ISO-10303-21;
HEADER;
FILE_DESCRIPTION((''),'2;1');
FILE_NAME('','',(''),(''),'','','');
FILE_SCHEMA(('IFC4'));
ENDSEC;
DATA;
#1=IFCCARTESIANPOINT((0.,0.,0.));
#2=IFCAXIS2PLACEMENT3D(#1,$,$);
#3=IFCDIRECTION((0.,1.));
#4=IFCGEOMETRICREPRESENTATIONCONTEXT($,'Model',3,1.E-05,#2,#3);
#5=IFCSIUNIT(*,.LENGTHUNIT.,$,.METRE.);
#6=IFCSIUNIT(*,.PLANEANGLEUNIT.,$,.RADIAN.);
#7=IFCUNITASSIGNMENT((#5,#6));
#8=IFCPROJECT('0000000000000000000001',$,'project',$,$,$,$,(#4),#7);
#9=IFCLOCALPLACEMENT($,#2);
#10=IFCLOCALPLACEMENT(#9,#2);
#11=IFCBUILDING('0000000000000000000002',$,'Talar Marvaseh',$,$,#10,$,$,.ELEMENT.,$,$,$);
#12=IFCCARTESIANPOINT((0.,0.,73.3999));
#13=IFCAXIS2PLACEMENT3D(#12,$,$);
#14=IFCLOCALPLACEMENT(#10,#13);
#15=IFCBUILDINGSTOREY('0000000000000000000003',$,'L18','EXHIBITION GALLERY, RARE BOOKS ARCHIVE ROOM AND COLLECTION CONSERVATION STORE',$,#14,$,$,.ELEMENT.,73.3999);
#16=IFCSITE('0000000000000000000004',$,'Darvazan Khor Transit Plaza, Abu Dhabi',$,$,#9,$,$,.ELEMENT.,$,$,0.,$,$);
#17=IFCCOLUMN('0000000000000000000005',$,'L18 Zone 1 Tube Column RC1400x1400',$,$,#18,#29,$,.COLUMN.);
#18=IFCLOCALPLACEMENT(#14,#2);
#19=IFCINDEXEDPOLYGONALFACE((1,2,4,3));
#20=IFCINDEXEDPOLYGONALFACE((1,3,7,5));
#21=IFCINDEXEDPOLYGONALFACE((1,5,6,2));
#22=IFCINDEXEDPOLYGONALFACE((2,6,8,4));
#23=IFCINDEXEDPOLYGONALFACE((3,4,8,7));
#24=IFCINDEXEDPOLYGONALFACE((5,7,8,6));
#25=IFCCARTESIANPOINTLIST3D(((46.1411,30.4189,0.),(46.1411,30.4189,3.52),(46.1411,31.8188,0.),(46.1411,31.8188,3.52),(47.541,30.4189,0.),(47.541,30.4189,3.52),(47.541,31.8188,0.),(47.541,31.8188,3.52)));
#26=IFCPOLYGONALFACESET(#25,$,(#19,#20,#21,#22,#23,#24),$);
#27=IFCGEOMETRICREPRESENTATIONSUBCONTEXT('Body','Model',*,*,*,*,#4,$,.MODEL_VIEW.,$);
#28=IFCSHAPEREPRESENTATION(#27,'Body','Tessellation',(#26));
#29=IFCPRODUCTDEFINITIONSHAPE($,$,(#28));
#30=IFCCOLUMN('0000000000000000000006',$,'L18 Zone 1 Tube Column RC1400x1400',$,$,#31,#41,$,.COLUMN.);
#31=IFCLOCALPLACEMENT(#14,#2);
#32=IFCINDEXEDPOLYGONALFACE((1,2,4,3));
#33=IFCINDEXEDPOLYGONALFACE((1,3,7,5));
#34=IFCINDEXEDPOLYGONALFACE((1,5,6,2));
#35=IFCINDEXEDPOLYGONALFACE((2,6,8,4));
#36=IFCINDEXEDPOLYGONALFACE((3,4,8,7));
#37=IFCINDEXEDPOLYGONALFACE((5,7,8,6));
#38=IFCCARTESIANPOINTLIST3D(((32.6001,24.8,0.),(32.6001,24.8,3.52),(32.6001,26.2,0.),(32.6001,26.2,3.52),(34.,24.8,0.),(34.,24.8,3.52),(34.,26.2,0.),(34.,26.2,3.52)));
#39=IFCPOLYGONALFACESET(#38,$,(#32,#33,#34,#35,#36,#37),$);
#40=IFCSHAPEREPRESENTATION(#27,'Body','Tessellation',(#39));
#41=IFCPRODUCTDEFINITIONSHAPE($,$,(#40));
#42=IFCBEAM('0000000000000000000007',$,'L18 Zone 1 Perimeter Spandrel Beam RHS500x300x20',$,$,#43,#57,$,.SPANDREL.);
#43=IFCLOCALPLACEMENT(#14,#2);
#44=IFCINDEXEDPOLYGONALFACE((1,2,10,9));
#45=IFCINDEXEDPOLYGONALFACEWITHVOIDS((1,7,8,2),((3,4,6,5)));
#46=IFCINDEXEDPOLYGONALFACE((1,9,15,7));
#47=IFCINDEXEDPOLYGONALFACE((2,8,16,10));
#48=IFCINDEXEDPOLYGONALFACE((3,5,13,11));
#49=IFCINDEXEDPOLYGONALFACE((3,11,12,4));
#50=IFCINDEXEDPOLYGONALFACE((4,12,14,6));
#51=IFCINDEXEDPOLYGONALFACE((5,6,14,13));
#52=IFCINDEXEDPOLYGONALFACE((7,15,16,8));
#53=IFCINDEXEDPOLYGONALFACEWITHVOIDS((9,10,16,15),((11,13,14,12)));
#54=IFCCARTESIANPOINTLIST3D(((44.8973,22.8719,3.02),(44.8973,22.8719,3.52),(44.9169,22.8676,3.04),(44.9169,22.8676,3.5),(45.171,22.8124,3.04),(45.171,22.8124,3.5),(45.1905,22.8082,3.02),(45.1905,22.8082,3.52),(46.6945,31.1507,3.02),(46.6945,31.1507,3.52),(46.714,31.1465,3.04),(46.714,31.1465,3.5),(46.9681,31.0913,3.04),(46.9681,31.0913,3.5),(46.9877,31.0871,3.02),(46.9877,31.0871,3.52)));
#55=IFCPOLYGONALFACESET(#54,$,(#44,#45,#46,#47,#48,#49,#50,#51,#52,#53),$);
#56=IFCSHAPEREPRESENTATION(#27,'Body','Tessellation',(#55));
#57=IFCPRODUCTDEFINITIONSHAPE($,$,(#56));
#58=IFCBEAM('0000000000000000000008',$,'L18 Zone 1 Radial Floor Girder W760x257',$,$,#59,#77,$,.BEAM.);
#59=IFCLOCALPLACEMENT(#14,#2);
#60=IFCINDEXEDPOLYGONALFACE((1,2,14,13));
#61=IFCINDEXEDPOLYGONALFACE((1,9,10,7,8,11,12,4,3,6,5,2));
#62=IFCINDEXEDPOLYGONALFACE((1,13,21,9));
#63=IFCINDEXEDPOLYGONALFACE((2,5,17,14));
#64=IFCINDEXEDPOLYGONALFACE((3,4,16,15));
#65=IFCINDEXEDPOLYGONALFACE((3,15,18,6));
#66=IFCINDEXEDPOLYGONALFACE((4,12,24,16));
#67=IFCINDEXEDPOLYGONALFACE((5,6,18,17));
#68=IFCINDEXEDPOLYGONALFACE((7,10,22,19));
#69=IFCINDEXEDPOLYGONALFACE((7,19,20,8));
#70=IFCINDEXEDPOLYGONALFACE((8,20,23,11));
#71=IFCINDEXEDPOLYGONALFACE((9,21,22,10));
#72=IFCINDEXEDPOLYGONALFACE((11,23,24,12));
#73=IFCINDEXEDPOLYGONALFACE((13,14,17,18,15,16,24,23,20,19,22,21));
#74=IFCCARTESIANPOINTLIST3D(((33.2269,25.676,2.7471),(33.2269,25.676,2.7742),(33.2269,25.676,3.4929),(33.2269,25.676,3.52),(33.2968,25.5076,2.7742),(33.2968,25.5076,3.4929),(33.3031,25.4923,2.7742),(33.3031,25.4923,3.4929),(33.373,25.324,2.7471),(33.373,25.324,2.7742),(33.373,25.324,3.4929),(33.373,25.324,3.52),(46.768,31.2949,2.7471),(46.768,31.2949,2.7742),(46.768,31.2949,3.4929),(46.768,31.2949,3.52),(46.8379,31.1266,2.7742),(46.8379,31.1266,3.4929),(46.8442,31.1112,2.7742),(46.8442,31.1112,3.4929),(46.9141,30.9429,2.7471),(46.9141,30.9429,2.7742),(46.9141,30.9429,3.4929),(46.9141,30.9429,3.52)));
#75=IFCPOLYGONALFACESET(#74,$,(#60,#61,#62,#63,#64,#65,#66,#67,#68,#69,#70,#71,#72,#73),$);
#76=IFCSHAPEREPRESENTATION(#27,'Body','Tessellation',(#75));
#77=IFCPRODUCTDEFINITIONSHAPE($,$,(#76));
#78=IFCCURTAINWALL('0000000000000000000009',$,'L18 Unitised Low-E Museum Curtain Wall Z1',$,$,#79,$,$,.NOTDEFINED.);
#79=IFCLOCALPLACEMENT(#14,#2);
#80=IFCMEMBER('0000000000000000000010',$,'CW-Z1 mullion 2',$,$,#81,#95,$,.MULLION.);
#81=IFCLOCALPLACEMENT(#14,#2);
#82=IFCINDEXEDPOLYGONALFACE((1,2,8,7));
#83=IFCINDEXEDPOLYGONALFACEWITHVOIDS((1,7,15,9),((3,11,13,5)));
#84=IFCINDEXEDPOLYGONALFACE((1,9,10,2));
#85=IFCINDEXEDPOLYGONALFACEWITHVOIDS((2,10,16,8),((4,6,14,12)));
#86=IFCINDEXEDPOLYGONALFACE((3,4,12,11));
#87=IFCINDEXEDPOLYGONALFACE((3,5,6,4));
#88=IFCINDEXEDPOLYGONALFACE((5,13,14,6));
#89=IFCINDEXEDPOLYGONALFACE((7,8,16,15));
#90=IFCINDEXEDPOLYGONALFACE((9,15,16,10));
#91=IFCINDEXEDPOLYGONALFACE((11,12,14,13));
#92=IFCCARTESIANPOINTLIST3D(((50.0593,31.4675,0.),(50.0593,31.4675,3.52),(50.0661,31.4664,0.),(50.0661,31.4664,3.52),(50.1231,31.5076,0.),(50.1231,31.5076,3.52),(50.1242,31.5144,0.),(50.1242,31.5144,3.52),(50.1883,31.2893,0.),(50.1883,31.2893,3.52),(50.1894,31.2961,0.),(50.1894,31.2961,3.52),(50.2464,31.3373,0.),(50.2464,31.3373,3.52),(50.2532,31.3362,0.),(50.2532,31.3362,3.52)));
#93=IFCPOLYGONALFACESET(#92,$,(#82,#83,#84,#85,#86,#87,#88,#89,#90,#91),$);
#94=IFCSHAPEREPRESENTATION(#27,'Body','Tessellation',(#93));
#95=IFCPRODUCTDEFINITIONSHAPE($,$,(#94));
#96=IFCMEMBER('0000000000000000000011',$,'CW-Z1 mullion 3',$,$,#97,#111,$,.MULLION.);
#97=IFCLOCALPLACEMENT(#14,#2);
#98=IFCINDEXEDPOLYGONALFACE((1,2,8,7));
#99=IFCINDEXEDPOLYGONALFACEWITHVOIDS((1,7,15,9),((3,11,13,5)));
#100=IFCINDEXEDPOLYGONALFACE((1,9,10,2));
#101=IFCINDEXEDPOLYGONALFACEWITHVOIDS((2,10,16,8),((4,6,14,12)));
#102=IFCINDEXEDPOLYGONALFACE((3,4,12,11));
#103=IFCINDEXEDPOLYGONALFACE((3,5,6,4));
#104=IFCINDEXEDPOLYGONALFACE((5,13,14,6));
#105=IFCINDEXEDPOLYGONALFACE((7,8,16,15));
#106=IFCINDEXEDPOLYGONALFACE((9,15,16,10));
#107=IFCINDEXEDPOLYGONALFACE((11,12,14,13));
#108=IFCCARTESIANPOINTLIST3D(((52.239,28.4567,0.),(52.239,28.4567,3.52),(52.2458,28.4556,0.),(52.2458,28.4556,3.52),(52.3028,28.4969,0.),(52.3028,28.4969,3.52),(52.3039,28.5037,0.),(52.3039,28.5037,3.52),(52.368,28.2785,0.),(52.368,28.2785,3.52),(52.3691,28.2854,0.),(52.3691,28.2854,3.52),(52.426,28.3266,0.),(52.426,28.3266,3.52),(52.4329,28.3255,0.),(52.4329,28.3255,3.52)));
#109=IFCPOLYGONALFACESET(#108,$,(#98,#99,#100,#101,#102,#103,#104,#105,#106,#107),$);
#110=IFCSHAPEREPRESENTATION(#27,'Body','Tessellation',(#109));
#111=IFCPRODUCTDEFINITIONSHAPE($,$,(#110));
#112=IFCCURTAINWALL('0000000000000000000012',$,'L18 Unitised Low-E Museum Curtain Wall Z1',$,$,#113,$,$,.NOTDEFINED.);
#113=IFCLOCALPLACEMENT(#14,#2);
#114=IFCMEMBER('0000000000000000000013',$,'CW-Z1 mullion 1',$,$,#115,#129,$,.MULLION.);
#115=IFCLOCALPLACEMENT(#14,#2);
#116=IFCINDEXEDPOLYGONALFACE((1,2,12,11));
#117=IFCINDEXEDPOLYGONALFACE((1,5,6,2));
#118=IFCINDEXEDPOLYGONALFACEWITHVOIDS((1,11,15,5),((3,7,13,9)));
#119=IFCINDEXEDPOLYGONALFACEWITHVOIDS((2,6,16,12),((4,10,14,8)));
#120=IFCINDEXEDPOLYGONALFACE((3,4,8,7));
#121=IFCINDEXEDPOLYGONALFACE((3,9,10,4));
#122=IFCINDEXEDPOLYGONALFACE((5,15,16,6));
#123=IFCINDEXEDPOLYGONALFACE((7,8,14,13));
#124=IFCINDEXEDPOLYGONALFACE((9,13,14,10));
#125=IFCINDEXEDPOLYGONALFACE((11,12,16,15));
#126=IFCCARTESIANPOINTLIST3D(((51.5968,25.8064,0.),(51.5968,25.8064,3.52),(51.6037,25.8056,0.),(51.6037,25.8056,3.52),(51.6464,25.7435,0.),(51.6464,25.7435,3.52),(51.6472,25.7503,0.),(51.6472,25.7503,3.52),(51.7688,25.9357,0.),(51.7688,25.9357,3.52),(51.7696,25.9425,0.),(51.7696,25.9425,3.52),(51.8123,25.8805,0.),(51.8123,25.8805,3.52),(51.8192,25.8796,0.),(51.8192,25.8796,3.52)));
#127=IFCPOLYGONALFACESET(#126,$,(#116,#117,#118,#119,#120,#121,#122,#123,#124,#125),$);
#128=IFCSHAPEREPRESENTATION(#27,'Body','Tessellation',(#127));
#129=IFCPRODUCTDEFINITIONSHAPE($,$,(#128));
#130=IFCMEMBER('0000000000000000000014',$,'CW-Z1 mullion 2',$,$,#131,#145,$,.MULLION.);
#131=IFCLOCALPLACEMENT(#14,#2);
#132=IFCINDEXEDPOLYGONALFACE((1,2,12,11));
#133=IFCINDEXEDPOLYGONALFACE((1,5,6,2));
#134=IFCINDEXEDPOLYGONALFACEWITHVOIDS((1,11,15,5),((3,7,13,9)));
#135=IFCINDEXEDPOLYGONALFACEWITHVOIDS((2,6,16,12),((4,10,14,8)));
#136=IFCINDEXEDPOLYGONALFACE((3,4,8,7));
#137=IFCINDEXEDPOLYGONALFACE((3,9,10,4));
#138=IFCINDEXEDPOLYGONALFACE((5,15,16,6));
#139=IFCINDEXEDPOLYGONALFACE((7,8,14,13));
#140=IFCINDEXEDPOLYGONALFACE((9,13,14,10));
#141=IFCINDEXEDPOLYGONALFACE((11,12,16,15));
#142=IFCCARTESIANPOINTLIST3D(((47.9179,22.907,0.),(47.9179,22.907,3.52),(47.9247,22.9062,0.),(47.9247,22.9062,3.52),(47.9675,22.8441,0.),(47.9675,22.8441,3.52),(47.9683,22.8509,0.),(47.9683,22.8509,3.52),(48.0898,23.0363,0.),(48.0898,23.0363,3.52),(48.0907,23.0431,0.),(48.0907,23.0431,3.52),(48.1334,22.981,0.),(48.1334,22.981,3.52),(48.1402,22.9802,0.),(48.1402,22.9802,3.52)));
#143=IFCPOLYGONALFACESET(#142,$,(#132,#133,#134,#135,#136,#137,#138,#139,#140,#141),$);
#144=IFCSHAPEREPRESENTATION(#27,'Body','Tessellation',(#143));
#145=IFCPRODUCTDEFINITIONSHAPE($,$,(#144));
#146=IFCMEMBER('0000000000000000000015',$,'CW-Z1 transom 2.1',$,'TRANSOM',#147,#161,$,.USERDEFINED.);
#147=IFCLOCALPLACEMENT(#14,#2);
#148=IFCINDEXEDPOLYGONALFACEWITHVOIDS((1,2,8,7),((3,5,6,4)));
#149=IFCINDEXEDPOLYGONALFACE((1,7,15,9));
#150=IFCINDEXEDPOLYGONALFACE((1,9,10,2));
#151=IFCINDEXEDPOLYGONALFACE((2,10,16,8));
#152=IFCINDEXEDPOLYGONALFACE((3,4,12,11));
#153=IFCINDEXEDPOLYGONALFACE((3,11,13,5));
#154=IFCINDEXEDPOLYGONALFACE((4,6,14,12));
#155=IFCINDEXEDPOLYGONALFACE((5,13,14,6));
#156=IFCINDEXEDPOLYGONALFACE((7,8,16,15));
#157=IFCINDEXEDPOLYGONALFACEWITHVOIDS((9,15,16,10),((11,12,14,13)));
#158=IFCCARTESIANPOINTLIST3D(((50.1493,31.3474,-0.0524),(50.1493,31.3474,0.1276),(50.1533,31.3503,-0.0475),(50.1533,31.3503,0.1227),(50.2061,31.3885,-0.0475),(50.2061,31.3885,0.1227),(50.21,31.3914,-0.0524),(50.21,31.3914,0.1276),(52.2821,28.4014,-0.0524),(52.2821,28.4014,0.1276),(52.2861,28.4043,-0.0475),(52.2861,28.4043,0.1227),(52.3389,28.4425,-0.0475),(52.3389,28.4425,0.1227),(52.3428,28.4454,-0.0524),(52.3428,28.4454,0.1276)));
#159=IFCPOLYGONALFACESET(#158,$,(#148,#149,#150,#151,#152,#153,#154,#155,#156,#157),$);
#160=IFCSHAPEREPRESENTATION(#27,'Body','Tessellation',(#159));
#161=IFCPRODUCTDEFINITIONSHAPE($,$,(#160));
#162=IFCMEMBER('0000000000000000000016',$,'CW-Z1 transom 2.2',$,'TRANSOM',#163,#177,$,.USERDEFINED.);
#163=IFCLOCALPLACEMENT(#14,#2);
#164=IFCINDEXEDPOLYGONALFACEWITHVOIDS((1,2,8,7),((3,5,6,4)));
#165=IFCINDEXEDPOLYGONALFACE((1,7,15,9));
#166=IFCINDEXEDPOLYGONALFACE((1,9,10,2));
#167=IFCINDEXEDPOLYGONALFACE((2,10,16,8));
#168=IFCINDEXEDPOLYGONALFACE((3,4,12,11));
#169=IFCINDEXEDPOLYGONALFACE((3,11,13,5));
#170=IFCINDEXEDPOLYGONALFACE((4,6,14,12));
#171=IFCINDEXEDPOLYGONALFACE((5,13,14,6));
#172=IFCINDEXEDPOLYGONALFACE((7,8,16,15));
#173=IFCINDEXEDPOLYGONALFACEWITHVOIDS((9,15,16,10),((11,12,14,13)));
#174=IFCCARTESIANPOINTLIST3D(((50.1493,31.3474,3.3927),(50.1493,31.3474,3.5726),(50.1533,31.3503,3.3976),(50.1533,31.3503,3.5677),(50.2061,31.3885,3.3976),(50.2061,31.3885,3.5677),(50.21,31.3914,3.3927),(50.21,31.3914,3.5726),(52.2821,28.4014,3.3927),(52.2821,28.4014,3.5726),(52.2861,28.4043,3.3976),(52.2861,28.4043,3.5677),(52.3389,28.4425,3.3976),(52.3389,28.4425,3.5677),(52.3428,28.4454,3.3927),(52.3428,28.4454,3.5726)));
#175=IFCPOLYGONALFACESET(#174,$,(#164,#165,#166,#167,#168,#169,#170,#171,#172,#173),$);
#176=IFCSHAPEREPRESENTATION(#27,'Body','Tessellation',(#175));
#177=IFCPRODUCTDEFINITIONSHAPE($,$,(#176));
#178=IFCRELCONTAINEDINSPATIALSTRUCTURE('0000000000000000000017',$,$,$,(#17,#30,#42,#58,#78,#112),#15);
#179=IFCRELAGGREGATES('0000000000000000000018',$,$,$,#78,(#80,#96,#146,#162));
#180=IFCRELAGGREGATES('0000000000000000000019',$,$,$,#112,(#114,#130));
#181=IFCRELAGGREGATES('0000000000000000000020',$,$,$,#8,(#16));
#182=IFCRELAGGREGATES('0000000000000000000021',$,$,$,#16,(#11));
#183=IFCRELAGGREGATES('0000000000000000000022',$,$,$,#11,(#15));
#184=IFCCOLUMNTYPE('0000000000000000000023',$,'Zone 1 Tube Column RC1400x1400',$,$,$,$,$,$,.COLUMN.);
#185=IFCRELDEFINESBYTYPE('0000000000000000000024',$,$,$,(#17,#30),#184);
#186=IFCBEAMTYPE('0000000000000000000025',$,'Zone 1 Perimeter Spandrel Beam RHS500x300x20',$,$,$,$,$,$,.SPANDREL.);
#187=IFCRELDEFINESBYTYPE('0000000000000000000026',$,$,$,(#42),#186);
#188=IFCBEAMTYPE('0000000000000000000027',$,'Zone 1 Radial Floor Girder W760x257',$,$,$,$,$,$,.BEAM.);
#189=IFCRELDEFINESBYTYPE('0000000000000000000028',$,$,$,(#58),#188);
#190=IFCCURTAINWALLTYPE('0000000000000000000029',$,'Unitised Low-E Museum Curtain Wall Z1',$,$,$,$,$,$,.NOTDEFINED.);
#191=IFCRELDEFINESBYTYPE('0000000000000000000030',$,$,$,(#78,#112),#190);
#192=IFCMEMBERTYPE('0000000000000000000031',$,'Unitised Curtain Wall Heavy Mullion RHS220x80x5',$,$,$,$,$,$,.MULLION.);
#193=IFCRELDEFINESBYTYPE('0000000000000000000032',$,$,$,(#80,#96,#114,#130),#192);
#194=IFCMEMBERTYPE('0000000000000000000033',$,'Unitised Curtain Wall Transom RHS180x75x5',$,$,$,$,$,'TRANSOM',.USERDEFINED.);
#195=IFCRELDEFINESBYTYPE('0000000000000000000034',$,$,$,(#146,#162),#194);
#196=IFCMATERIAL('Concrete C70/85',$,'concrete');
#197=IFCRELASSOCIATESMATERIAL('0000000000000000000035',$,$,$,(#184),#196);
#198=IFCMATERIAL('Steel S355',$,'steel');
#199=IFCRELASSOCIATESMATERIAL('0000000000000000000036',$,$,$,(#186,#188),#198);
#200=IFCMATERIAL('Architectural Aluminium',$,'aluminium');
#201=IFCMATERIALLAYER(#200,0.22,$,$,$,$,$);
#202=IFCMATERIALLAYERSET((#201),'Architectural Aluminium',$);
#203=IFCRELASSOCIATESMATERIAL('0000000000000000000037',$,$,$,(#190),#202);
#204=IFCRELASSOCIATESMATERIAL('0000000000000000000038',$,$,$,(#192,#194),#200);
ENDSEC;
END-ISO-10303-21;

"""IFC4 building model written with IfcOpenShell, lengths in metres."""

from ifc_helpers import new_model, si_unit, direction, frame, origin, origin_2d, place, context, subcontext, project, spatial, rectangle, hollow_rectangle, i_section, extrude, source, transform, mapped, material, layer, layer_set, material_profile, profile_set, type_object, type_shapes, element, aggregate, save


model = new_model("IFC4")

# Units and contexts
model_context = context("Model", 3, precision=1e-05, world=origin(), true_north=direction((0.0, 1.0)))
body_context = subcontext(model_context, "Body", "Model", "MODEL_VIEW")
ifc_project = project(units=[si_unit("LENGTHUNIT", "METRE"), si_unit("PLANEANGLEUNIT", "RADIAN")], contexts=[model_context])

# Site, building, storey
site_placement = place(None, origin())
site = spatial("IfcSite", under=ifc_project, at=site_placement, Name="Darvazan Khor Transit Plaza, Abu Dhabi", CompositionType="ELEMENT", RefElevation=0.0)
building_placement = place(site_placement, origin())
building = spatial("IfcBuilding", under=site, at=building_placement, Name="Talar Marvaseh", CompositionType="ELEMENT")
storey_placement = place(building_placement, frame((0.0, 0.0, 73.3999)))
storey = spatial("IfcBuildingStorey", under=building, at=storey_placement, Name="L18", Description="EXHIBITION GALLERY, RARE BOOKS ARCHIVE ROOM AND COLLECTION CONSERVATION STORE", CompositionType="ELEMENT", Elevation=73.3999)

# Columns
ifc_material_1 = material(Name="Concrete C70/85", Category="concrete")
ifc_material_profile_1 = material_profile(ifc_material_1, rectangle(XDim=1.3999, YDim=1.3999, at=origin_2d()), Name="RC1400x1400")
ifc_profile_set_1 = profile_set([ifc_material_profile_1], Name="Concrete C70/85")
column_type = type_object("IfcColumnType", Name="Zone 1 Tube Column RC1400x1400", PredefinedType="COLUMN", material=ifc_profile_set_1)
for number, where, z_axis, x_axis, name in (
    (1, (46.8411, 31.1189, 0.0), (0.0, 0.0, 1.0), (1.0, 0.0, 0.0), "L18 Zone 1 Tube Column RC1400x1400"),
    (2, (33.3, 25.5, 0.0), (0.0, 0.0, 1.0), (1.0, 0.0, 0.0), "L18 Zone 1 Tube Column RC1400x1400"),
):
    element("IfcColumn", number, at=place(storey_placement, frame(where, z_axis=z_axis, x_axis=x_axis)), inside=storey, type_object=column_type, Name=name, PredefinedType="COLUMN", context=body_context, shape_type="SweptSolid", body=[
        extrude(rectangle(XDim=1.3999, YDim=1.3999, at=origin_2d()), origin(), (0.0, 0.0, 1.0), 3.52),
    ])

# Beams
ifc_material_2 = material(Name="Steel S355", Category="steel")
ifc_material_profile_2 = material_profile(ifc_material_2, hollow_rectangle(XDim=0.3, YDim=0.5, WallThickness=0.02, at=origin_2d()), Name="RHS500x300x20")
ifc_profile_set_2 = profile_set([ifc_material_profile_2], Name="Steel S355")
beam_type_1 = type_object("IfcBeamType", Name="Zone 1 Perimeter Spandrel Beam RHS500x300x20", PredefinedType="SPANDREL", material=ifc_profile_set_2)
beam_1_placement = place(storey_placement, frame((46.8411, 31.1189, 3.27), z_axis=(-0.212134, -0.977241, 0.0), x_axis=(0.977241, -0.212134, 0.0)))
element("IfcBeam", 3, at=beam_1_placement, inside=storey, type_object=beam_type_1, Name="L18 Zone 1 Perimeter Spandrel Beam RHS500x300x20", PredefinedType="SPANDREL", context=body_context, shape_type="SweptSolid", body=[
    extrude(hollow_rectangle(XDim=0.3, YDim=0.5, WallThickness=0.02, at=origin_2d()), origin(), (0.0, 0.0, 1.0), 8.4717),
])
ifc_material_profile_3 = material_profile(ifc_material_2, i_section(OverallWidth=0.3811, OverallDepth=0.7729, WebThickness=0.0166, FlangeThickness=0.0271, at=origin_2d()), Name="W760x257")
ifc_profile_set_3 = profile_set([ifc_material_profile_3], Name="Steel S355")
beam_type_2 = type_object("IfcBeamType", Name="Zone 1 Radial Floor Girder W760x257", PredefinedType="BEAM", material=ifc_profile_set_3)
beam_2_placement = place(storey_placement, frame((46.8411, 31.1189, 3.1335), z_axis=(-0.923638, -0.383267, 0.0), x_axis=(0.383267, -0.923638, 0.0)))
element("IfcBeam", 4, at=beam_2_placement, inside=storey, type_object=beam_type_2, Name="L18 Zone 1 Radial Floor Girder W760x257", PredefinedType="BEAM", context=body_context, shape_type="SweptSolid", body=[
    extrude(i_section(OverallWidth=0.3811, OverallDepth=0.7729, WebThickness=0.0166, FlangeThickness=0.0271, at=origin_2d()), origin(), (0.0, 0.0, 1.0), 14.6606),
])

# Curtain walls, members
ifc_material_3 = material(Name="Architectural Aluminium", Category="aluminium")
ifc_layer_1 = layer(ifc_material_3, 0.22)
ifc_layer_set_1 = layer_set([ifc_layer_1], Name="Architectural Aluminium")
curtain_wall_type = type_object("IfcCurtainWallType", Name="Unitised Low-E Museum Curtain Wall Z1", PredefinedType="NOTDEFINED", material=ifc_layer_set_1)
curtain_wall_1_placement = place(storey_placement, origin())
curtain_wall_1 = element("IfcCurtainWall", 5, at=curtain_wall_1_placement, inside=storey, type_object=curtain_wall_type, Name="L18 Unitised Low-E Museum Curtain Wall Z1", PredefinedType="NOTDEFINED")
ifc_material_profile_4 = material_profile(ifc_material_3, hollow_rectangle(XDim=0.0801, YDim=0.22, WallThickness=0.0049, at=origin_2d()), Name="RHS220x80x5")
ifc_profile_set_4 = profile_set([ifc_material_profile_4], Name="Architectural Aluminium")
member_type_1 = type_object("IfcMemberType", Name="Unitised Curtain Wall Heavy Mullion RHS220x80x5", PredefinedType="MULLION", material=ifc_profile_set_4)
shared_shape_1 = source(origin(), body_context, "Body", "SweptSolid", [
    extrude(hollow_rectangle(XDim=0.0801, YDim=0.22, WallThickness=0.0049, at=origin_2d()), origin(), (0.0, 0.0, 1.0), 3.52),
])
type_shapes(member_type_1, [shared_shape_1])
member_1_placement = place(storey_placement, frame((50.1562, 31.4019, 0.0), z_axis=(0.0, 0.0, 1.0), x_axis=(0.810007, 0.586421, 0.0)))
member_1 = element("IfcMember", 6, at=member_1_placement, type_object=member_type_1, Name="CW-Z1 mullion 2", PredefinedType="MULLION", context=body_context, shape_type="MappedRepresentation", body=[
    mapped(shared_shape_1, transform((0.0, 0.0, 0.0), x_axis=(1.0, 0.0, 0.0), y_axis=(0.0, 1.0, 0.0), z_axis=(0.0, 0.0, 1.0), scale=1.0)),
])
member_2_placement = place(storey_placement, frame((52.3359, 28.3911, 0.0), z_axis=(0.0, 0.0, 1.0), x_axis=(0.810007, 0.586421, 0.0)))
member_2 = element("IfcMember", 7, at=member_2_placement, type_object=member_type_1, Name="CW-Z1 mullion 3", PredefinedType="MULLION", context=body_context, shape_type="MappedRepresentation", body=[
    mapped(shared_shape_1, transform((0.0, 0.0, 0.0), x_axis=(1.0, 0.0, 0.0), y_axis=(0.0, 1.0, 0.0), z_axis=(0.0, 0.0, 1.0), scale=1.0)),
])
curtain_wall_2_placement = place(storey_placement, origin())
curtain_wall_2 = element("IfcCurtainWall", 8, at=curtain_wall_2_placement, inside=storey, type_object=curtain_wall_type, Name="L18 Unitised Low-E Museum Curtain Wall Z1", PredefinedType="NOTDEFINED")
member_3_placement = place(storey_placement, frame((51.708, 25.843, 0.0), z_axis=(0.0, 0.0, 1.0), x_axis=(0.618972, -0.785413, 0.0)))
member_3 = element("IfcMember", 9, at=member_3_placement, type_object=member_type_1, Name="CW-Z1 mullion 1", PredefinedType="MULLION", context=body_context, shape_type="MappedRepresentation", body=[
    mapped(shared_shape_1, transform((0.0, 0.0, 0.0), x_axis=(1.0, 0.0, 0.0), y_axis=(0.0, 1.0, 0.0), z_axis=(0.0, 0.0, 1.0), scale=1.0)),
])
member_4_placement = place(storey_placement, frame((48.0291, 22.9436, 0.0), z_axis=(0.0, 0.0, 1.0), x_axis=(0.618972, -0.785413, 0.0)))
member_4 = element("IfcMember", 10, at=member_4_placement, type_object=member_type_1, Name="CW-Z1 mullion 2", PredefinedType="MULLION", context=body_context, shape_type="MappedRepresentation", body=[
    mapped(shared_shape_1, transform((0.0, 0.0, 0.0), x_axis=(1.0, 0.0, 0.0), y_axis=(0.0, 1.0, 0.0), z_axis=(0.0, 0.0, 1.0), scale=1.0)),
])

# Members
ifc_material_profile_5 = material_profile(ifc_material_3, hollow_rectangle(XDim=0.075, YDim=0.1799, WallThickness=0.0049, at=origin_2d()), Name="RHS180x75x5")
ifc_profile_set_5 = profile_set([ifc_material_profile_5], Name="Architectural Aluminium")
member_type_2 = type_object("IfcMemberType", Name="Unitised Curtain Wall Transom RHS180x75x5", ElementType="TRANSOM", PredefinedType="USERDEFINED", material=ifc_profile_set_5)
shared_shape_2 = source(origin(), body_context, "Body", "SweptSolid", [
    extrude(hollow_rectangle(XDim=0.075, YDim=0.1799, WallThickness=0.0049, at=origin_2d()), origin(), (0.0, 0.0, 1.0), 3.637),
])
member_5_placement = place(storey_placement, frame((50.1797, 31.3694, 0.0376), z_axis=(0.586414, -0.810011, 0.0), x_axis=(0.810011, 0.586414, 0.0)))
member_5 = element("IfcMember", 11, at=member_5_placement, type_object=member_type_2, Name="CW-Z1 transom 2.1", ObjectType="TRANSOM", PredefinedType="USERDEFINED", context=body_context, shape_type="MappedRepresentation", body=[
    mapped(shared_shape_2, transform((0.0, 0.0, 0.0), x_axis=(1.0, 0.0, 0.0), y_axis=(0.0, 1.0, 0.0), z_axis=(0.0, 0.0, 1.0), scale=1.0)),
])
member_6_placement = place(storey_placement, frame((50.1797, 31.3694, 3.4827), z_axis=(0.586414, -0.810011, 0.0), x_axis=(0.810011, 0.586414, 0.0)))
member_6 = element("IfcMember", 12, at=member_6_placement, type_object=member_type_2, Name="CW-Z1 transom 2.2", ObjectType="TRANSOM", PredefinedType="USERDEFINED", context=body_context, shape_type="MappedRepresentation", body=[
    mapped(shared_shape_2, transform((0.0, 0.0, 0.0), x_axis=(1.0, 0.0, 0.0), y_axis=(0.0, 1.0, 0.0), z_axis=(0.0, 0.0, 1.0), scale=1.0)),
])

aggregate(curtain_wall_1, [member_1, member_2, member_5, member_6])
aggregate(curtain_wall_2, [member_3, member_4])

save(model, "model.ifc")
